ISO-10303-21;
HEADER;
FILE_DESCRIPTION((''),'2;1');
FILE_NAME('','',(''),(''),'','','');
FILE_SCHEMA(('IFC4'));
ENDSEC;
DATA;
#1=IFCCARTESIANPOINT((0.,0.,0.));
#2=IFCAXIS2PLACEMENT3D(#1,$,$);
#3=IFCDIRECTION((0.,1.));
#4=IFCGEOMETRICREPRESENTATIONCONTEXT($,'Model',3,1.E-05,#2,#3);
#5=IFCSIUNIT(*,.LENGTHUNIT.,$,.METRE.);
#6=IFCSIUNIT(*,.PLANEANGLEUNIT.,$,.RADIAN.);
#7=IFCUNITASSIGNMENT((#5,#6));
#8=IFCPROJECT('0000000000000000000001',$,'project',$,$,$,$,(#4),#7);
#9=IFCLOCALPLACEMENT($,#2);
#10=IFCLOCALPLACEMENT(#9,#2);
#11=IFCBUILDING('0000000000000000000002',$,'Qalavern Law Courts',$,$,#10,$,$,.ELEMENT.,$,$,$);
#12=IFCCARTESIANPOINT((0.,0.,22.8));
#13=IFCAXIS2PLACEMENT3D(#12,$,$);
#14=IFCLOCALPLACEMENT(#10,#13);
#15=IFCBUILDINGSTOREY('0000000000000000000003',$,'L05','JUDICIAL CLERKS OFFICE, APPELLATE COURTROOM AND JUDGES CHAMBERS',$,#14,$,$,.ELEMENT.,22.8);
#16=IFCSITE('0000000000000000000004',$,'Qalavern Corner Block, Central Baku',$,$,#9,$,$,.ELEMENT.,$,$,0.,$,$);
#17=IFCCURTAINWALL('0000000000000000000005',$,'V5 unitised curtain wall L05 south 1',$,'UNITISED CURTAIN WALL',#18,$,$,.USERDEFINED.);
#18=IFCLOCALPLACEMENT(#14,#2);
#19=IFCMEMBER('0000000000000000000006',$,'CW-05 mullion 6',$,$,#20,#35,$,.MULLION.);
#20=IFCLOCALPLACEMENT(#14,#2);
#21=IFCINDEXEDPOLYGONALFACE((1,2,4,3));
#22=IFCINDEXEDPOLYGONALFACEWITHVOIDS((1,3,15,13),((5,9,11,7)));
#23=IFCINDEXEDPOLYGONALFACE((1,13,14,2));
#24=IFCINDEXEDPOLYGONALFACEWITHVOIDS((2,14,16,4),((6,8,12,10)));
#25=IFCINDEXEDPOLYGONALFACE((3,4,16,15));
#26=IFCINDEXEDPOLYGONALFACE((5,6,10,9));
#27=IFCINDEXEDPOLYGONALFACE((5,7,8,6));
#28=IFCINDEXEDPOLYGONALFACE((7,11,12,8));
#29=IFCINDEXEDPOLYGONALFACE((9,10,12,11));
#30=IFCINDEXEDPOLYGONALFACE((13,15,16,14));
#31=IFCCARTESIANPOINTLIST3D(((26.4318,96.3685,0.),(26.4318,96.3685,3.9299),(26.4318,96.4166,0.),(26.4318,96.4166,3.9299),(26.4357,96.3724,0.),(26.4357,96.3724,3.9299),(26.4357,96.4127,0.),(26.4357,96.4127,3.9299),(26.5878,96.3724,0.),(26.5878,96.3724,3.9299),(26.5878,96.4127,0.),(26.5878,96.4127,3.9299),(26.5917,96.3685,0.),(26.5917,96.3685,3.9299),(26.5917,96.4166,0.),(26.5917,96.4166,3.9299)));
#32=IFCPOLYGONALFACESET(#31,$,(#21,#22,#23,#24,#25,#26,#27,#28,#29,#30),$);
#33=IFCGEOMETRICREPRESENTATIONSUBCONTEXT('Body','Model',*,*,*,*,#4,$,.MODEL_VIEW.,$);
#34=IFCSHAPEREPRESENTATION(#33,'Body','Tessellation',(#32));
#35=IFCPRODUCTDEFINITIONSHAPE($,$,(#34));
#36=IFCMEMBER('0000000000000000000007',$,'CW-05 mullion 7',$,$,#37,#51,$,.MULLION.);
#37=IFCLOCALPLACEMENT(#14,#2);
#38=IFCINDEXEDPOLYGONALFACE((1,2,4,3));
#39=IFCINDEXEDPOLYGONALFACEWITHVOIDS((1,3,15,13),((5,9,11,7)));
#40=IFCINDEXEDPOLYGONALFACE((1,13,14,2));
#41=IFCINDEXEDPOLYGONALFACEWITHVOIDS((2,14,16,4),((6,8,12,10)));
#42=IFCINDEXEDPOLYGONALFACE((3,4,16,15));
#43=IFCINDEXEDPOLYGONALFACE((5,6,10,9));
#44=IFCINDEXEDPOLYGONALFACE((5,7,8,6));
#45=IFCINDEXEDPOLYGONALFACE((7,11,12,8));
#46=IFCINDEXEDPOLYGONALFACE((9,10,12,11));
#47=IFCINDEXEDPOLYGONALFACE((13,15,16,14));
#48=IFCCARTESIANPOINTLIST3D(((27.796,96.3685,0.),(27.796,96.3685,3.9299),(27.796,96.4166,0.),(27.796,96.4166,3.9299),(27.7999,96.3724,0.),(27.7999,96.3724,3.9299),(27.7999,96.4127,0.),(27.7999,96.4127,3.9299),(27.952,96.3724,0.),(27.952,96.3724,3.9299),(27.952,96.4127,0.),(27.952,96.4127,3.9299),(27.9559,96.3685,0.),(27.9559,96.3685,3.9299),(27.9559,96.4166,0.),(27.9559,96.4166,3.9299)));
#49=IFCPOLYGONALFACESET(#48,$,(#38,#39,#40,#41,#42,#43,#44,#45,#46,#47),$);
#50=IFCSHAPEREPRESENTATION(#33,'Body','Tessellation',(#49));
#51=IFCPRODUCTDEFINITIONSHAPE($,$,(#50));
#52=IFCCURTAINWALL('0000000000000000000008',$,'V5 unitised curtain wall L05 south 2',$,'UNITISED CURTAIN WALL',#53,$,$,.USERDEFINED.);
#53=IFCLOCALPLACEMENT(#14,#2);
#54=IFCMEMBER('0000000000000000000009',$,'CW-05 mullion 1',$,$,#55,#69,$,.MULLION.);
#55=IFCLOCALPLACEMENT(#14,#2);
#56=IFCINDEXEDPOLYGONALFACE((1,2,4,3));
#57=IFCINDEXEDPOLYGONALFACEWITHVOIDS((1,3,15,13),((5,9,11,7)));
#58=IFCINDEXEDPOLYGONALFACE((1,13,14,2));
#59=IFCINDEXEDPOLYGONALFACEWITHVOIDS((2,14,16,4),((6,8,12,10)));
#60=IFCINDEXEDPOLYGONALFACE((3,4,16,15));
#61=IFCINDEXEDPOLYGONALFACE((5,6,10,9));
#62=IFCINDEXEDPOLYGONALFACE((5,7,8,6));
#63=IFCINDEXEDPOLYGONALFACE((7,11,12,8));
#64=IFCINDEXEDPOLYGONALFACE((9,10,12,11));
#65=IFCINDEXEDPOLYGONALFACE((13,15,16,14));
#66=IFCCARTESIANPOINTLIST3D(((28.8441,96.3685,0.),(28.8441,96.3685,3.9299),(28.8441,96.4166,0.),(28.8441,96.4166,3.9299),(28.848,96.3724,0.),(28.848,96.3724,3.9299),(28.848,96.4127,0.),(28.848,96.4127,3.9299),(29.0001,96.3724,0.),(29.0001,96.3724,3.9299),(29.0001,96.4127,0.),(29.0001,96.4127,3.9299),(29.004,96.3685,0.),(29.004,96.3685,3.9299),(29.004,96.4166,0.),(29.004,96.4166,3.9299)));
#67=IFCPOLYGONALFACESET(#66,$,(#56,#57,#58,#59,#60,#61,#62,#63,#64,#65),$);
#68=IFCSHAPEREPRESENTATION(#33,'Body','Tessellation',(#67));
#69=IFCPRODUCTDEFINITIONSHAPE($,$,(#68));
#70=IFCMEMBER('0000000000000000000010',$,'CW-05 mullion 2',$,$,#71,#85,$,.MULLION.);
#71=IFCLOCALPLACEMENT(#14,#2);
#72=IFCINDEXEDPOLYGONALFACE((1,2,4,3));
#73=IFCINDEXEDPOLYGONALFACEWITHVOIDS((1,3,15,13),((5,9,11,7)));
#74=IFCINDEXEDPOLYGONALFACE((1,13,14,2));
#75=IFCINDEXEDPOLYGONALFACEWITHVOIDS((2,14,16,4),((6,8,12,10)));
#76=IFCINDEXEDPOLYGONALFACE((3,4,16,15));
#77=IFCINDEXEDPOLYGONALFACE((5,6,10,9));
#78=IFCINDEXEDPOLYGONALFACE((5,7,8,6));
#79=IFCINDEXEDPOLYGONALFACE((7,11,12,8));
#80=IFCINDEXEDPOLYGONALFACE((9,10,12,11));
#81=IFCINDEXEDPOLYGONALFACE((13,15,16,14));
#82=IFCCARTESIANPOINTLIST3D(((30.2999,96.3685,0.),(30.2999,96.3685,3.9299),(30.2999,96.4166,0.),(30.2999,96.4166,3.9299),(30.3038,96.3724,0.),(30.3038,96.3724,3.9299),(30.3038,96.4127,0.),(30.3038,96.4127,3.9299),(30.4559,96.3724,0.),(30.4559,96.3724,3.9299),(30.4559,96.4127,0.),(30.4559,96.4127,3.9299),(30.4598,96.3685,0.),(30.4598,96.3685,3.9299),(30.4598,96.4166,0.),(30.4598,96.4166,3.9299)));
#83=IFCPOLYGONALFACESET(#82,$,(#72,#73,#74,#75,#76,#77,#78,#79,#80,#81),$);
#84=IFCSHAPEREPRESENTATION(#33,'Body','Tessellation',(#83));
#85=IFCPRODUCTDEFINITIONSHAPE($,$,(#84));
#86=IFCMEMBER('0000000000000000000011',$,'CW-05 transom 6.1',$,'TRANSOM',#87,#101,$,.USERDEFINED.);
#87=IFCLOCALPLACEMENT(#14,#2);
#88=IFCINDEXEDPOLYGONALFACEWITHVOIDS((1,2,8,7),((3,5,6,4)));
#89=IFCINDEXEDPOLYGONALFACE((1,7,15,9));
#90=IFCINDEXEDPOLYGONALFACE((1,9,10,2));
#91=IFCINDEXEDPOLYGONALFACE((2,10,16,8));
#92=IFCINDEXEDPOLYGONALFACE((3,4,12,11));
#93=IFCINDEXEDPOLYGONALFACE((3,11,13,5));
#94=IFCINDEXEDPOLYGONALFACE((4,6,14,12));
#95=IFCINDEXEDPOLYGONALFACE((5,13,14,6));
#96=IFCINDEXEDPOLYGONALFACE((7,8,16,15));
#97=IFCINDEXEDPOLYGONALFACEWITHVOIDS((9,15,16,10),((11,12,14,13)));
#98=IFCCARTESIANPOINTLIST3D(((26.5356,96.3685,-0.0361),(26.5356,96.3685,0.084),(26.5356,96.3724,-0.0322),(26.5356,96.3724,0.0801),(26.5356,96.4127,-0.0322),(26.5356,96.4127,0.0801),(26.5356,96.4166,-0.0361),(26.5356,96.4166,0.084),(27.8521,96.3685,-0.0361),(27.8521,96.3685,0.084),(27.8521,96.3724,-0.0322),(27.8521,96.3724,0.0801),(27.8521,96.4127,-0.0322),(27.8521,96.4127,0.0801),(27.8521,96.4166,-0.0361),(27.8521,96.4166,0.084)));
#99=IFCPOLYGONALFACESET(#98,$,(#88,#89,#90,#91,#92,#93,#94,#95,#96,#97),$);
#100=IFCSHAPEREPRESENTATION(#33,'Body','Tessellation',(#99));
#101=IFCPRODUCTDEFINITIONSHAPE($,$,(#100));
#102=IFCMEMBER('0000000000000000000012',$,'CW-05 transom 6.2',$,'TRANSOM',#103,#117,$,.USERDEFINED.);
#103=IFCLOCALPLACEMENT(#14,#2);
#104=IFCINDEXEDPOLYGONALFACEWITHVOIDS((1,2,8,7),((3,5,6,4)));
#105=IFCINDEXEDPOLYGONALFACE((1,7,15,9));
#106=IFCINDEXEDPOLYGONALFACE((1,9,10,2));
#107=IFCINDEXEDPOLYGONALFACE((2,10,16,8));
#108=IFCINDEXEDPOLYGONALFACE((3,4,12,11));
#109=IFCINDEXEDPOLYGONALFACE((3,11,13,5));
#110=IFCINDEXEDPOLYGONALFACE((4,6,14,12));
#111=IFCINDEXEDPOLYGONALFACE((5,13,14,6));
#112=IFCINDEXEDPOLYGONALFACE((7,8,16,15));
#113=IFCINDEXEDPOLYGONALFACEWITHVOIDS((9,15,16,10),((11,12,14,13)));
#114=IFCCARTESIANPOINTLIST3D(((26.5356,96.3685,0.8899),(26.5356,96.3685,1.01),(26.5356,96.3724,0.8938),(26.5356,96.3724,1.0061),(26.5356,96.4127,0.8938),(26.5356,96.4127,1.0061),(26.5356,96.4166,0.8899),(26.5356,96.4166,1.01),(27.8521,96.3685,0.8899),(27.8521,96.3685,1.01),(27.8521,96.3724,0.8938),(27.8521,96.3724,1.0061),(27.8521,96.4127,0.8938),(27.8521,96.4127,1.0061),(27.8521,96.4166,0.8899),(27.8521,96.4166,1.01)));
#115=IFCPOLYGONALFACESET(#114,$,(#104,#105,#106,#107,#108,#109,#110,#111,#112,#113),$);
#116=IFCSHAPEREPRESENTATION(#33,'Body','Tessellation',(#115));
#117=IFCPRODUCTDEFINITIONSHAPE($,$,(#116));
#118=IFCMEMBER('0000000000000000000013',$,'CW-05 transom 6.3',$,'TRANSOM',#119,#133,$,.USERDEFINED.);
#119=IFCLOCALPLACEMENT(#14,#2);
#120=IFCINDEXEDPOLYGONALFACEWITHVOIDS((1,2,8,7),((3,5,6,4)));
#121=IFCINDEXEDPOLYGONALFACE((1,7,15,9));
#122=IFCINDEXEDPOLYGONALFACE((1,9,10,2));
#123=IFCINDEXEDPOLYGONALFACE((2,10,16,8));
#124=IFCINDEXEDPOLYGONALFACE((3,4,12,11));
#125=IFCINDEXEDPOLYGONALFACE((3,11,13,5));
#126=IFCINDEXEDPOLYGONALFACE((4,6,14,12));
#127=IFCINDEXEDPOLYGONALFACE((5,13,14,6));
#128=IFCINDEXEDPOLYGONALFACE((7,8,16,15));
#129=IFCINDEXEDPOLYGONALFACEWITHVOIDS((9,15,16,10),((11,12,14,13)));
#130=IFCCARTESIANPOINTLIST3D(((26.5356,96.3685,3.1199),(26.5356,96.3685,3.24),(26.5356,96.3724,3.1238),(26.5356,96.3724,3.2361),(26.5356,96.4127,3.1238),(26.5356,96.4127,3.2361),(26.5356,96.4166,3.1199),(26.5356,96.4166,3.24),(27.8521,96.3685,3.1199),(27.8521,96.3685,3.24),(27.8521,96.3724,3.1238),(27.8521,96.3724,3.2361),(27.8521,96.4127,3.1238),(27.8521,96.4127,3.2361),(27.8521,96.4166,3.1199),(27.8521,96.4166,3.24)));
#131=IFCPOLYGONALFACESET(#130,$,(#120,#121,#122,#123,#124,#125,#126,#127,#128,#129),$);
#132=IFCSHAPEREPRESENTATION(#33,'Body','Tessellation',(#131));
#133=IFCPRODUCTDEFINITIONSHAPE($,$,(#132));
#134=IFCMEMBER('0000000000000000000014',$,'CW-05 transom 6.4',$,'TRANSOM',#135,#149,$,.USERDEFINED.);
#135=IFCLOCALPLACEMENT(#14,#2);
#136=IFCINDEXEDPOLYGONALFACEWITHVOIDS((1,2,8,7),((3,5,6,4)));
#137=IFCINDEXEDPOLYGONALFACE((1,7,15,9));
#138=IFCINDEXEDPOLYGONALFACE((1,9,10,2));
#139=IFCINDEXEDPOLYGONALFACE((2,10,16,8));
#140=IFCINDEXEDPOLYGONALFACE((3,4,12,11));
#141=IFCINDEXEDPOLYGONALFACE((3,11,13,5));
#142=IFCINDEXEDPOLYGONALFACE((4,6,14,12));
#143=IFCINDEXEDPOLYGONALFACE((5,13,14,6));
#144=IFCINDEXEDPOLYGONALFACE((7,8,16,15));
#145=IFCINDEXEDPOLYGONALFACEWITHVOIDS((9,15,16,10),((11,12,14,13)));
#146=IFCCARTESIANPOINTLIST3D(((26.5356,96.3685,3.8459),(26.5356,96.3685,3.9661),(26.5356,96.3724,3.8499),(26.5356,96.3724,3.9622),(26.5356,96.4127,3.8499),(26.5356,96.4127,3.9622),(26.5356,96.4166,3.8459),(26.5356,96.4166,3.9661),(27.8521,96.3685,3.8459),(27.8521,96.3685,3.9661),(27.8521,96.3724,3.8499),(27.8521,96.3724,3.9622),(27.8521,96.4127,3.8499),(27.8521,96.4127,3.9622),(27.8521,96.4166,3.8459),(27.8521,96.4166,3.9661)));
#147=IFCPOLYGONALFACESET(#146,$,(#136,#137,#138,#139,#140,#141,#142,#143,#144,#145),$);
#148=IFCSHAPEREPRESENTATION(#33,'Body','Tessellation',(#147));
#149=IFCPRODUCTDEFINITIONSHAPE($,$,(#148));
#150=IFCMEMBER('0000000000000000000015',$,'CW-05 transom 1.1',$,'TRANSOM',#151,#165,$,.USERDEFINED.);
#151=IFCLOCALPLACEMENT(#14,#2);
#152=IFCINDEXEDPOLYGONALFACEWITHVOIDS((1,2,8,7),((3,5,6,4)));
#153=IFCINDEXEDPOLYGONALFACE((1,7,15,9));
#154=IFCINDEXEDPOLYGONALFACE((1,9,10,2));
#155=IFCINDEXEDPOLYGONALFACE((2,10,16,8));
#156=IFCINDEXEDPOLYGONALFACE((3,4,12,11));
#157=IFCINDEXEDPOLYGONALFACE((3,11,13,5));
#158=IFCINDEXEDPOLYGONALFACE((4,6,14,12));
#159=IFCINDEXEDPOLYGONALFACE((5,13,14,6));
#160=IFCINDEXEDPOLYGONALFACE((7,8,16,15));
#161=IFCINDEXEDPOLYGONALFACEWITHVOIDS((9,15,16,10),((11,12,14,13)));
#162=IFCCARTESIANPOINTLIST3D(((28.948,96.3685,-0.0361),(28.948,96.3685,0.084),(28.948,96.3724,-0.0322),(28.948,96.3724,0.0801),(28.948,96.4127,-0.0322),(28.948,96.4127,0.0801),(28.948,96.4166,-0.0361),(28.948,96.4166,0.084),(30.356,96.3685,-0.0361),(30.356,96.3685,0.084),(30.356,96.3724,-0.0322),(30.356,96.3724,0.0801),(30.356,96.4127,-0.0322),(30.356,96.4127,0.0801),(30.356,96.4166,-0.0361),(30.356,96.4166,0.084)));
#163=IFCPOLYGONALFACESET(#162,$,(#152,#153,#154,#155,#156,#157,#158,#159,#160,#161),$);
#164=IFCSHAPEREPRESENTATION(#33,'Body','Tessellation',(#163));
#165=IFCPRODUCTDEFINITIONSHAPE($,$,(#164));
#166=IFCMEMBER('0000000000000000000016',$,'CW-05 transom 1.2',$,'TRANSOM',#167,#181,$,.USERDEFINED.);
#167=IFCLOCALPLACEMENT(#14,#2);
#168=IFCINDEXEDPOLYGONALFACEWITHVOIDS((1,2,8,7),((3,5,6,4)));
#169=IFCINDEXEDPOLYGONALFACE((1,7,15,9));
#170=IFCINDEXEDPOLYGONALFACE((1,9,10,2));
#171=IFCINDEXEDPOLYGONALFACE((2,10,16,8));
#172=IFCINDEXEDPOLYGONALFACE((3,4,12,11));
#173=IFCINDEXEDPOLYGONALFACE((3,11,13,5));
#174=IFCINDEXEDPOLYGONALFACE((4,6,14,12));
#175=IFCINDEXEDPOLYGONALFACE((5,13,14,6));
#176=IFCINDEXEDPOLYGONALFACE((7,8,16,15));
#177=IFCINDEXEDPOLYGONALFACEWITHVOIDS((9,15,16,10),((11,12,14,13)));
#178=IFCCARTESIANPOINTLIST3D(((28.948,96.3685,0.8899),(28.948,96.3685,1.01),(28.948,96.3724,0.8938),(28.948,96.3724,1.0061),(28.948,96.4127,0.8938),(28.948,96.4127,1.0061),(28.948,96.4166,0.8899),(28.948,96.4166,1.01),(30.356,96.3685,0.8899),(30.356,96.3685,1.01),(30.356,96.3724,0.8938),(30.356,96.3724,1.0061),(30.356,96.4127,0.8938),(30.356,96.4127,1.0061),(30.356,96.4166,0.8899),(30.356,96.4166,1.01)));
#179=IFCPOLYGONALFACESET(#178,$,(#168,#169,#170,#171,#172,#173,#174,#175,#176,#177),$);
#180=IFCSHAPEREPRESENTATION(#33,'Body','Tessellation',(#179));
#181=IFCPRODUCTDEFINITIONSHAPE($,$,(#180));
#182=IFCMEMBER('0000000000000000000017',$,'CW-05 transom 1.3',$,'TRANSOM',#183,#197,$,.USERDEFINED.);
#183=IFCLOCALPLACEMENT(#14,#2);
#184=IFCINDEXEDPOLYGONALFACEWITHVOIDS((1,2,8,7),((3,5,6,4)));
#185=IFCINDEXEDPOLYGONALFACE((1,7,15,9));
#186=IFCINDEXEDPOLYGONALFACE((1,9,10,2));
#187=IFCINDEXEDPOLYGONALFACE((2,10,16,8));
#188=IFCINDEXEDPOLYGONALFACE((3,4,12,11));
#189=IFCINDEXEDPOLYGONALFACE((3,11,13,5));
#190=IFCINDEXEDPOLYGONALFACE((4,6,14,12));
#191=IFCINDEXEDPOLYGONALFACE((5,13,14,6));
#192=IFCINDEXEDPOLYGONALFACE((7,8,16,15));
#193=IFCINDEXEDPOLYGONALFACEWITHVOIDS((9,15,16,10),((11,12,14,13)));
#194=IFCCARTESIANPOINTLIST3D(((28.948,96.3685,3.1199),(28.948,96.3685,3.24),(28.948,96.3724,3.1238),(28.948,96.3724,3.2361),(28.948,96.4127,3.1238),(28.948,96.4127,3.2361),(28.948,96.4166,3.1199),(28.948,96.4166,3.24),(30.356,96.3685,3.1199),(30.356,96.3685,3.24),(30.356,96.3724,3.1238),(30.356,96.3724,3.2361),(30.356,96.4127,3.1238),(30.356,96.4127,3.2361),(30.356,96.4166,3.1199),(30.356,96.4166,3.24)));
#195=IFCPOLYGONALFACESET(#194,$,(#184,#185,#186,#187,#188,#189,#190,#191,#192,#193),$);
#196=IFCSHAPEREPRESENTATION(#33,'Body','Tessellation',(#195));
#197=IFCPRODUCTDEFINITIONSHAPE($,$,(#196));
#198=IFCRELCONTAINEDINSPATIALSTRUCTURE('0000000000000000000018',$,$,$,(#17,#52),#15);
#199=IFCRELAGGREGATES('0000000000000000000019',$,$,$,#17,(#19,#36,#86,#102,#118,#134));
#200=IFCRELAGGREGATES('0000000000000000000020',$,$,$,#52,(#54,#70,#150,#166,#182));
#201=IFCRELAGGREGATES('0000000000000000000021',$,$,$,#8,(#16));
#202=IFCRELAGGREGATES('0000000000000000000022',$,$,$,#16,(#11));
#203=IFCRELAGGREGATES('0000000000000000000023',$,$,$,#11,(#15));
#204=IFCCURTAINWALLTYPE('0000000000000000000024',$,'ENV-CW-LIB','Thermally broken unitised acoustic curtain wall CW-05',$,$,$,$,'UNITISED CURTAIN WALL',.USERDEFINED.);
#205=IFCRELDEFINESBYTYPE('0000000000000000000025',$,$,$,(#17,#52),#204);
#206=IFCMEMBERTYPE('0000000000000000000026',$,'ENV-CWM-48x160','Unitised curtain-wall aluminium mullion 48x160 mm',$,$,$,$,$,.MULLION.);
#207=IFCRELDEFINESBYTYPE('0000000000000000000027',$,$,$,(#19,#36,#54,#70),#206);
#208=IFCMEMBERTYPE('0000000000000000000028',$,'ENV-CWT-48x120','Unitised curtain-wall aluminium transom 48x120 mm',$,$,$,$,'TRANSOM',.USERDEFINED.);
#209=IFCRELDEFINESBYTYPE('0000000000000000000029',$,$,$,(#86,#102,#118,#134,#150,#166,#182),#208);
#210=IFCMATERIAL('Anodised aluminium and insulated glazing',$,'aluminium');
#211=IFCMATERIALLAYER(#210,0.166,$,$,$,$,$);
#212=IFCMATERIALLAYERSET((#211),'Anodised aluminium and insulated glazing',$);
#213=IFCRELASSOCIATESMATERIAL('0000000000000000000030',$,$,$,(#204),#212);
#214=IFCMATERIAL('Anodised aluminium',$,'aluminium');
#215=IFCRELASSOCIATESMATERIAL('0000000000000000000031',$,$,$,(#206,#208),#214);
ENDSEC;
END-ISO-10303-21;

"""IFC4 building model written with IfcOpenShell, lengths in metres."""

from ifc_helpers import new_model, si_unit, direction, frame, origin, origin_2d, place, context, subcontext, project, spatial, hollow_rectangle, extrude, material, layer, layer_set, material_profile, profile_set, type_object, element, aggregate, save


model = new_model("IFC4")

# Units and contexts
model_context = context("Model", 3, precision=1e-05, world=origin(), true_north=direction((0.0, 1.0)))
body_context = subcontext(model_context, "Body", "Model", "MODEL_VIEW")
ifc_project = project(units=[si_unit("LENGTHUNIT", "METRE"), si_unit("PLANEANGLEUNIT", "RADIAN")], contexts=[model_context])

# Site, building, storey
site_placement = place(None, origin())
site = spatial("IfcSite", under=ifc_project, at=site_placement, Name="Qalavern Corner Block, Central Baku", CompositionType="ELEMENT", RefElevation=0.0)
building_placement = place(site_placement, origin())
building = spatial("IfcBuilding", under=site, at=building_placement, Name="Qalavern Law Courts", CompositionType="ELEMENT")
storey_placement = place(building_placement, frame((0.0, 0.0, 22.8)))
storey = spatial("IfcBuildingStorey", under=building, at=storey_placement, Name="L05", Description="JUDICIAL CLERKS OFFICE, APPELLATE COURTROOM AND JUDGES CHAMBERS", CompositionType="ELEMENT", Elevation=22.8)

# Curtain walls, members
ifc_material_1 = material(Name="Anodised aluminium and insulated glazing", Category="aluminium")
ifc_layer_1 = layer(ifc_material_1, 0.166)
ifc_layer_set_1 = layer_set([ifc_layer_1], Name="Anodised aluminium and insulated glazing")
curtain_wall_type = type_object("IfcCurtainWallType", Name="ENV-CW-LIB", Description="Thermally broken unitised acoustic curtain wall CW-05", ElementType="UNITISED CURTAIN WALL", PredefinedType="USERDEFINED", material=ifc_layer_set_1)
curtain_wall_1_placement = place(storey_placement, origin())
curtain_wall_1 = element("IfcCurtainWall", 1, at=curtain_wall_1_placement, inside=storey, type_object=curtain_wall_type, Name="V5 unitised curtain wall L05 south 1", ObjectType="UNITISED CURTAIN WALL", PredefinedType="USERDEFINED")
ifc_material_2 = material(Name="Anodised aluminium", Category="aluminium")
ifc_material_profile_1 = material_profile(ifc_material_2, hollow_rectangle(XDim=0.0481, YDim=0.1599, WallThickness=0.0039, at=origin_2d()), Name="ALU MULLION 48x160")
ifc_profile_set_1 = profile_set([ifc_material_profile_1], Name="Anodised aluminium")
member_type_1 = type_object("IfcMemberType", Name="ENV-CWM-48x160", Description="Unitised curtain-wall aluminium mullion 48x160 mm", PredefinedType="MULLION", material=ifc_profile_set_1)
member_1_placement = place(storey_placement, frame((26.5117, 96.3926, 0.0), z_axis=(0.0, 0.0, 1.0), x_axis=(0.0, 1.0, 0.0)))
member_1 = element("IfcMember", 2, at=member_1_placement, type_object=member_type_1, Name="CW-05 mullion 6", PredefinedType="MULLION", context=body_context, shape_type="SweptSolid", body=[
    extrude(hollow_rectangle(XDim=0.0481, YDim=0.1599, WallThickness=0.0039, at=origin_2d()), origin(), (0.0, 0.0, 1.0), 3.9299),
])
member_2_placement = place(storey_placement, frame((27.876, 96.3926, 0.0), z_axis=(0.0, 0.0, 1.0), x_axis=(0.0, 1.0, 0.0)))
member_2 = element("IfcMember", 3, at=member_2_placement, type_object=member_type_1, Name="CW-05 mullion 7", PredefinedType="MULLION", context=body_context, shape_type="SweptSolid", body=[
    extrude(hollow_rectangle(XDim=0.0481, YDim=0.1599, WallThickness=0.0039, at=origin_2d()), origin(), (0.0, 0.0, 1.0), 3.9299),
])
curtain_wall_2_placement = place(storey_placement, origin())
curtain_wall_2 = element("IfcCurtainWall", 4, at=curtain_wall_2_placement, inside=storey, type_object=curtain_wall_type, Name="V5 unitised curtain wall L05 south 2", ObjectType="UNITISED CURTAIN WALL", PredefinedType="USERDEFINED")
member_3_placement = place(storey_placement, frame((28.9241, 96.3926, 0.0), z_axis=(0.0, 0.0, 1.0), x_axis=(0.0, 1.0, 0.0)))
member_3 = element("IfcMember", 5, at=member_3_placement, type_object=member_type_1, Name="CW-05 mullion 1", PredefinedType="MULLION", context=body_context, shape_type="SweptSolid", body=[
    extrude(hollow_rectangle(XDim=0.0481, YDim=0.1599, WallThickness=0.0039, at=origin_2d()), origin(), (0.0, 0.0, 1.0), 3.9299),
])
member_4_placement = place(storey_placement, frame((30.3799, 96.3926, 0.0), z_axis=(0.0, 0.0, 1.0), x_axis=(0.0, 1.0, 0.0)))
member_4 = element("IfcMember", 6, at=member_4_placement, type_object=member_type_1, Name="CW-05 mullion 2", PredefinedType="MULLION", context=body_context, shape_type="SweptSolid", body=[
    extrude(hollow_rectangle(XDim=0.0481, YDim=0.1599, WallThickness=0.0039, at=origin_2d()), origin(), (0.0, 0.0, 1.0), 3.9299),
])

# Members
ifc_material_profile_2 = material_profile(ifc_material_2, hollow_rectangle(XDim=0.0481, YDim=0.1201, WallThickness=0.0039, at=origin_2d()), Name="ALU TRANSOM 48x120")
ifc_profile_set_2 = profile_set([ifc_material_profile_2], Name="Anodised aluminium")
member_type_2 = type_object("IfcMemberType", Name="ENV-CWT-48x120", Description="Unitised curtain-wall aluminium transom 48x120 mm", ElementType="TRANSOM", PredefinedType="USERDEFINED", material=ifc_profile_set_2)
member_5_placement = place(storey_placement, frame((26.5356, 96.3926, 0.0239), z_axis=(1.0, 0.0, 0.0), x_axis=(0.0, 1.0, 0.0)))
member_5 = element("IfcMember", 7, at=member_5_placement, type_object=member_type_2, Name="CW-05 transom 6.1", ObjectType="TRANSOM", PredefinedType="USERDEFINED", context=body_context, shape_type="SweptSolid", body=[
    extrude(hollow_rectangle(XDim=0.0481, YDim=0.1201, WallThickness=0.0039, at=origin_2d()), origin(), (0.0, 0.0, 1.0), 1.3164),
])
member_6_placement = place(storey_placement, frame((26.5356, 96.3926, 0.95), z_axis=(1.0, 0.0, 0.0), x_axis=(0.0, 1.0, 0.0)))
member_6 = element("IfcMember", 8, at=member_6_placement, type_object=member_type_2, Name="CW-05 transom 6.2", ObjectType="TRANSOM", PredefinedType="USERDEFINED", context=body_context, shape_type="SweptSolid", body=[
    extrude(hollow_rectangle(XDim=0.0481, YDim=0.1201, WallThickness=0.0039, at=origin_2d()), origin(), (0.0, 0.0, 1.0), 1.3164),
])
member_7_placement = place(storey_placement, frame((26.5356, 96.3926, 3.1799), z_axis=(1.0, 0.0, 0.0), x_axis=(0.0, 1.0, 0.0)))
member_7 = element("IfcMember", 9, at=member_7_placement, type_object=member_type_2, Name="CW-05 transom 6.3", ObjectType="TRANSOM", PredefinedType="USERDEFINED", context=body_context, shape_type="SweptSolid", body=[
    extrude(hollow_rectangle(XDim=0.0481, YDim=0.1201, WallThickness=0.0039, at=origin_2d()), origin(), (0.0, 0.0, 1.0), 1.3164),
])
member_8_placement = place(storey_placement, frame((26.5356, 96.3926, 3.906), z_axis=(1.0, 0.0, 0.0), x_axis=(0.0, 1.0, 0.0)))
member_8 = element("IfcMember", 10, at=member_8_placement, type_object=member_type_2, Name="CW-05 transom 6.4", ObjectType="TRANSOM", PredefinedType="USERDEFINED", context=body_context, shape_type="SweptSolid", body=[
    extrude(hollow_rectangle(XDim=0.0481, YDim=0.1201, WallThickness=0.0039, at=origin_2d()), origin(), (0.0, 0.0, 1.0), 1.3164),
])
member_9_placement = place(storey_placement, frame((28.948, 96.3926, 0.0239), z_axis=(1.0, 0.0, 0.0), x_axis=(0.0, 1.0, 0.0)))
member_9 = element("IfcMember", 11, at=member_9_placement, type_object=member_type_2, Name="CW-05 transom 1.1", ObjectType="TRANSOM", PredefinedType="USERDEFINED", context=body_context, shape_type="SweptSolid", body=[
    extrude(hollow_rectangle(XDim=0.0481, YDim=0.1201, WallThickness=0.0039, at=origin_2d()), origin(), (0.0, 0.0, 1.0), 1.408),
])
member_10_placement = place(storey_placement, frame((28.948, 96.3926, 0.95), z_axis=(1.0, 0.0, 0.0), x_axis=(0.0, 1.0, 0.0)))
member_10 = element("IfcMember", 12, at=member_10_placement, type_object=member_type_2, Name="CW-05 transom 1.2", ObjectType="TRANSOM", PredefinedType="USERDEFINED", context=body_context, shape_type="SweptSolid", body=[
    extrude(hollow_rectangle(XDim=0.0481, YDim=0.1201, WallThickness=0.0039, at=origin_2d()), origin(), (0.0, 0.0, 1.0), 1.408),
])
member_11_placement = place(storey_placement, frame((28.948, 96.3926, 3.1799), z_axis=(1.0, 0.0, 0.0), x_axis=(0.0, 1.0, 0.0)))
member_11 = element("IfcMember", 13, at=member_11_placement, type_object=member_type_2, Name="CW-05 transom 1.3", ObjectType="TRANSOM", PredefinedType="USERDEFINED", context=body_context, shape_type="SweptSolid", body=[
    extrude(hollow_rectangle(XDim=0.0481, YDim=0.1201, WallThickness=0.0039, at=origin_2d()), origin(), (0.0, 0.0, 1.0), 1.408),
])

aggregate(curtain_wall_1, [member_1, member_2, member_5, member_6, member_7, member_8])
aggregate(curtain_wall_2, [member_3, member_4, member_9, member_10, member_11])

save(model, "model.ifc")
